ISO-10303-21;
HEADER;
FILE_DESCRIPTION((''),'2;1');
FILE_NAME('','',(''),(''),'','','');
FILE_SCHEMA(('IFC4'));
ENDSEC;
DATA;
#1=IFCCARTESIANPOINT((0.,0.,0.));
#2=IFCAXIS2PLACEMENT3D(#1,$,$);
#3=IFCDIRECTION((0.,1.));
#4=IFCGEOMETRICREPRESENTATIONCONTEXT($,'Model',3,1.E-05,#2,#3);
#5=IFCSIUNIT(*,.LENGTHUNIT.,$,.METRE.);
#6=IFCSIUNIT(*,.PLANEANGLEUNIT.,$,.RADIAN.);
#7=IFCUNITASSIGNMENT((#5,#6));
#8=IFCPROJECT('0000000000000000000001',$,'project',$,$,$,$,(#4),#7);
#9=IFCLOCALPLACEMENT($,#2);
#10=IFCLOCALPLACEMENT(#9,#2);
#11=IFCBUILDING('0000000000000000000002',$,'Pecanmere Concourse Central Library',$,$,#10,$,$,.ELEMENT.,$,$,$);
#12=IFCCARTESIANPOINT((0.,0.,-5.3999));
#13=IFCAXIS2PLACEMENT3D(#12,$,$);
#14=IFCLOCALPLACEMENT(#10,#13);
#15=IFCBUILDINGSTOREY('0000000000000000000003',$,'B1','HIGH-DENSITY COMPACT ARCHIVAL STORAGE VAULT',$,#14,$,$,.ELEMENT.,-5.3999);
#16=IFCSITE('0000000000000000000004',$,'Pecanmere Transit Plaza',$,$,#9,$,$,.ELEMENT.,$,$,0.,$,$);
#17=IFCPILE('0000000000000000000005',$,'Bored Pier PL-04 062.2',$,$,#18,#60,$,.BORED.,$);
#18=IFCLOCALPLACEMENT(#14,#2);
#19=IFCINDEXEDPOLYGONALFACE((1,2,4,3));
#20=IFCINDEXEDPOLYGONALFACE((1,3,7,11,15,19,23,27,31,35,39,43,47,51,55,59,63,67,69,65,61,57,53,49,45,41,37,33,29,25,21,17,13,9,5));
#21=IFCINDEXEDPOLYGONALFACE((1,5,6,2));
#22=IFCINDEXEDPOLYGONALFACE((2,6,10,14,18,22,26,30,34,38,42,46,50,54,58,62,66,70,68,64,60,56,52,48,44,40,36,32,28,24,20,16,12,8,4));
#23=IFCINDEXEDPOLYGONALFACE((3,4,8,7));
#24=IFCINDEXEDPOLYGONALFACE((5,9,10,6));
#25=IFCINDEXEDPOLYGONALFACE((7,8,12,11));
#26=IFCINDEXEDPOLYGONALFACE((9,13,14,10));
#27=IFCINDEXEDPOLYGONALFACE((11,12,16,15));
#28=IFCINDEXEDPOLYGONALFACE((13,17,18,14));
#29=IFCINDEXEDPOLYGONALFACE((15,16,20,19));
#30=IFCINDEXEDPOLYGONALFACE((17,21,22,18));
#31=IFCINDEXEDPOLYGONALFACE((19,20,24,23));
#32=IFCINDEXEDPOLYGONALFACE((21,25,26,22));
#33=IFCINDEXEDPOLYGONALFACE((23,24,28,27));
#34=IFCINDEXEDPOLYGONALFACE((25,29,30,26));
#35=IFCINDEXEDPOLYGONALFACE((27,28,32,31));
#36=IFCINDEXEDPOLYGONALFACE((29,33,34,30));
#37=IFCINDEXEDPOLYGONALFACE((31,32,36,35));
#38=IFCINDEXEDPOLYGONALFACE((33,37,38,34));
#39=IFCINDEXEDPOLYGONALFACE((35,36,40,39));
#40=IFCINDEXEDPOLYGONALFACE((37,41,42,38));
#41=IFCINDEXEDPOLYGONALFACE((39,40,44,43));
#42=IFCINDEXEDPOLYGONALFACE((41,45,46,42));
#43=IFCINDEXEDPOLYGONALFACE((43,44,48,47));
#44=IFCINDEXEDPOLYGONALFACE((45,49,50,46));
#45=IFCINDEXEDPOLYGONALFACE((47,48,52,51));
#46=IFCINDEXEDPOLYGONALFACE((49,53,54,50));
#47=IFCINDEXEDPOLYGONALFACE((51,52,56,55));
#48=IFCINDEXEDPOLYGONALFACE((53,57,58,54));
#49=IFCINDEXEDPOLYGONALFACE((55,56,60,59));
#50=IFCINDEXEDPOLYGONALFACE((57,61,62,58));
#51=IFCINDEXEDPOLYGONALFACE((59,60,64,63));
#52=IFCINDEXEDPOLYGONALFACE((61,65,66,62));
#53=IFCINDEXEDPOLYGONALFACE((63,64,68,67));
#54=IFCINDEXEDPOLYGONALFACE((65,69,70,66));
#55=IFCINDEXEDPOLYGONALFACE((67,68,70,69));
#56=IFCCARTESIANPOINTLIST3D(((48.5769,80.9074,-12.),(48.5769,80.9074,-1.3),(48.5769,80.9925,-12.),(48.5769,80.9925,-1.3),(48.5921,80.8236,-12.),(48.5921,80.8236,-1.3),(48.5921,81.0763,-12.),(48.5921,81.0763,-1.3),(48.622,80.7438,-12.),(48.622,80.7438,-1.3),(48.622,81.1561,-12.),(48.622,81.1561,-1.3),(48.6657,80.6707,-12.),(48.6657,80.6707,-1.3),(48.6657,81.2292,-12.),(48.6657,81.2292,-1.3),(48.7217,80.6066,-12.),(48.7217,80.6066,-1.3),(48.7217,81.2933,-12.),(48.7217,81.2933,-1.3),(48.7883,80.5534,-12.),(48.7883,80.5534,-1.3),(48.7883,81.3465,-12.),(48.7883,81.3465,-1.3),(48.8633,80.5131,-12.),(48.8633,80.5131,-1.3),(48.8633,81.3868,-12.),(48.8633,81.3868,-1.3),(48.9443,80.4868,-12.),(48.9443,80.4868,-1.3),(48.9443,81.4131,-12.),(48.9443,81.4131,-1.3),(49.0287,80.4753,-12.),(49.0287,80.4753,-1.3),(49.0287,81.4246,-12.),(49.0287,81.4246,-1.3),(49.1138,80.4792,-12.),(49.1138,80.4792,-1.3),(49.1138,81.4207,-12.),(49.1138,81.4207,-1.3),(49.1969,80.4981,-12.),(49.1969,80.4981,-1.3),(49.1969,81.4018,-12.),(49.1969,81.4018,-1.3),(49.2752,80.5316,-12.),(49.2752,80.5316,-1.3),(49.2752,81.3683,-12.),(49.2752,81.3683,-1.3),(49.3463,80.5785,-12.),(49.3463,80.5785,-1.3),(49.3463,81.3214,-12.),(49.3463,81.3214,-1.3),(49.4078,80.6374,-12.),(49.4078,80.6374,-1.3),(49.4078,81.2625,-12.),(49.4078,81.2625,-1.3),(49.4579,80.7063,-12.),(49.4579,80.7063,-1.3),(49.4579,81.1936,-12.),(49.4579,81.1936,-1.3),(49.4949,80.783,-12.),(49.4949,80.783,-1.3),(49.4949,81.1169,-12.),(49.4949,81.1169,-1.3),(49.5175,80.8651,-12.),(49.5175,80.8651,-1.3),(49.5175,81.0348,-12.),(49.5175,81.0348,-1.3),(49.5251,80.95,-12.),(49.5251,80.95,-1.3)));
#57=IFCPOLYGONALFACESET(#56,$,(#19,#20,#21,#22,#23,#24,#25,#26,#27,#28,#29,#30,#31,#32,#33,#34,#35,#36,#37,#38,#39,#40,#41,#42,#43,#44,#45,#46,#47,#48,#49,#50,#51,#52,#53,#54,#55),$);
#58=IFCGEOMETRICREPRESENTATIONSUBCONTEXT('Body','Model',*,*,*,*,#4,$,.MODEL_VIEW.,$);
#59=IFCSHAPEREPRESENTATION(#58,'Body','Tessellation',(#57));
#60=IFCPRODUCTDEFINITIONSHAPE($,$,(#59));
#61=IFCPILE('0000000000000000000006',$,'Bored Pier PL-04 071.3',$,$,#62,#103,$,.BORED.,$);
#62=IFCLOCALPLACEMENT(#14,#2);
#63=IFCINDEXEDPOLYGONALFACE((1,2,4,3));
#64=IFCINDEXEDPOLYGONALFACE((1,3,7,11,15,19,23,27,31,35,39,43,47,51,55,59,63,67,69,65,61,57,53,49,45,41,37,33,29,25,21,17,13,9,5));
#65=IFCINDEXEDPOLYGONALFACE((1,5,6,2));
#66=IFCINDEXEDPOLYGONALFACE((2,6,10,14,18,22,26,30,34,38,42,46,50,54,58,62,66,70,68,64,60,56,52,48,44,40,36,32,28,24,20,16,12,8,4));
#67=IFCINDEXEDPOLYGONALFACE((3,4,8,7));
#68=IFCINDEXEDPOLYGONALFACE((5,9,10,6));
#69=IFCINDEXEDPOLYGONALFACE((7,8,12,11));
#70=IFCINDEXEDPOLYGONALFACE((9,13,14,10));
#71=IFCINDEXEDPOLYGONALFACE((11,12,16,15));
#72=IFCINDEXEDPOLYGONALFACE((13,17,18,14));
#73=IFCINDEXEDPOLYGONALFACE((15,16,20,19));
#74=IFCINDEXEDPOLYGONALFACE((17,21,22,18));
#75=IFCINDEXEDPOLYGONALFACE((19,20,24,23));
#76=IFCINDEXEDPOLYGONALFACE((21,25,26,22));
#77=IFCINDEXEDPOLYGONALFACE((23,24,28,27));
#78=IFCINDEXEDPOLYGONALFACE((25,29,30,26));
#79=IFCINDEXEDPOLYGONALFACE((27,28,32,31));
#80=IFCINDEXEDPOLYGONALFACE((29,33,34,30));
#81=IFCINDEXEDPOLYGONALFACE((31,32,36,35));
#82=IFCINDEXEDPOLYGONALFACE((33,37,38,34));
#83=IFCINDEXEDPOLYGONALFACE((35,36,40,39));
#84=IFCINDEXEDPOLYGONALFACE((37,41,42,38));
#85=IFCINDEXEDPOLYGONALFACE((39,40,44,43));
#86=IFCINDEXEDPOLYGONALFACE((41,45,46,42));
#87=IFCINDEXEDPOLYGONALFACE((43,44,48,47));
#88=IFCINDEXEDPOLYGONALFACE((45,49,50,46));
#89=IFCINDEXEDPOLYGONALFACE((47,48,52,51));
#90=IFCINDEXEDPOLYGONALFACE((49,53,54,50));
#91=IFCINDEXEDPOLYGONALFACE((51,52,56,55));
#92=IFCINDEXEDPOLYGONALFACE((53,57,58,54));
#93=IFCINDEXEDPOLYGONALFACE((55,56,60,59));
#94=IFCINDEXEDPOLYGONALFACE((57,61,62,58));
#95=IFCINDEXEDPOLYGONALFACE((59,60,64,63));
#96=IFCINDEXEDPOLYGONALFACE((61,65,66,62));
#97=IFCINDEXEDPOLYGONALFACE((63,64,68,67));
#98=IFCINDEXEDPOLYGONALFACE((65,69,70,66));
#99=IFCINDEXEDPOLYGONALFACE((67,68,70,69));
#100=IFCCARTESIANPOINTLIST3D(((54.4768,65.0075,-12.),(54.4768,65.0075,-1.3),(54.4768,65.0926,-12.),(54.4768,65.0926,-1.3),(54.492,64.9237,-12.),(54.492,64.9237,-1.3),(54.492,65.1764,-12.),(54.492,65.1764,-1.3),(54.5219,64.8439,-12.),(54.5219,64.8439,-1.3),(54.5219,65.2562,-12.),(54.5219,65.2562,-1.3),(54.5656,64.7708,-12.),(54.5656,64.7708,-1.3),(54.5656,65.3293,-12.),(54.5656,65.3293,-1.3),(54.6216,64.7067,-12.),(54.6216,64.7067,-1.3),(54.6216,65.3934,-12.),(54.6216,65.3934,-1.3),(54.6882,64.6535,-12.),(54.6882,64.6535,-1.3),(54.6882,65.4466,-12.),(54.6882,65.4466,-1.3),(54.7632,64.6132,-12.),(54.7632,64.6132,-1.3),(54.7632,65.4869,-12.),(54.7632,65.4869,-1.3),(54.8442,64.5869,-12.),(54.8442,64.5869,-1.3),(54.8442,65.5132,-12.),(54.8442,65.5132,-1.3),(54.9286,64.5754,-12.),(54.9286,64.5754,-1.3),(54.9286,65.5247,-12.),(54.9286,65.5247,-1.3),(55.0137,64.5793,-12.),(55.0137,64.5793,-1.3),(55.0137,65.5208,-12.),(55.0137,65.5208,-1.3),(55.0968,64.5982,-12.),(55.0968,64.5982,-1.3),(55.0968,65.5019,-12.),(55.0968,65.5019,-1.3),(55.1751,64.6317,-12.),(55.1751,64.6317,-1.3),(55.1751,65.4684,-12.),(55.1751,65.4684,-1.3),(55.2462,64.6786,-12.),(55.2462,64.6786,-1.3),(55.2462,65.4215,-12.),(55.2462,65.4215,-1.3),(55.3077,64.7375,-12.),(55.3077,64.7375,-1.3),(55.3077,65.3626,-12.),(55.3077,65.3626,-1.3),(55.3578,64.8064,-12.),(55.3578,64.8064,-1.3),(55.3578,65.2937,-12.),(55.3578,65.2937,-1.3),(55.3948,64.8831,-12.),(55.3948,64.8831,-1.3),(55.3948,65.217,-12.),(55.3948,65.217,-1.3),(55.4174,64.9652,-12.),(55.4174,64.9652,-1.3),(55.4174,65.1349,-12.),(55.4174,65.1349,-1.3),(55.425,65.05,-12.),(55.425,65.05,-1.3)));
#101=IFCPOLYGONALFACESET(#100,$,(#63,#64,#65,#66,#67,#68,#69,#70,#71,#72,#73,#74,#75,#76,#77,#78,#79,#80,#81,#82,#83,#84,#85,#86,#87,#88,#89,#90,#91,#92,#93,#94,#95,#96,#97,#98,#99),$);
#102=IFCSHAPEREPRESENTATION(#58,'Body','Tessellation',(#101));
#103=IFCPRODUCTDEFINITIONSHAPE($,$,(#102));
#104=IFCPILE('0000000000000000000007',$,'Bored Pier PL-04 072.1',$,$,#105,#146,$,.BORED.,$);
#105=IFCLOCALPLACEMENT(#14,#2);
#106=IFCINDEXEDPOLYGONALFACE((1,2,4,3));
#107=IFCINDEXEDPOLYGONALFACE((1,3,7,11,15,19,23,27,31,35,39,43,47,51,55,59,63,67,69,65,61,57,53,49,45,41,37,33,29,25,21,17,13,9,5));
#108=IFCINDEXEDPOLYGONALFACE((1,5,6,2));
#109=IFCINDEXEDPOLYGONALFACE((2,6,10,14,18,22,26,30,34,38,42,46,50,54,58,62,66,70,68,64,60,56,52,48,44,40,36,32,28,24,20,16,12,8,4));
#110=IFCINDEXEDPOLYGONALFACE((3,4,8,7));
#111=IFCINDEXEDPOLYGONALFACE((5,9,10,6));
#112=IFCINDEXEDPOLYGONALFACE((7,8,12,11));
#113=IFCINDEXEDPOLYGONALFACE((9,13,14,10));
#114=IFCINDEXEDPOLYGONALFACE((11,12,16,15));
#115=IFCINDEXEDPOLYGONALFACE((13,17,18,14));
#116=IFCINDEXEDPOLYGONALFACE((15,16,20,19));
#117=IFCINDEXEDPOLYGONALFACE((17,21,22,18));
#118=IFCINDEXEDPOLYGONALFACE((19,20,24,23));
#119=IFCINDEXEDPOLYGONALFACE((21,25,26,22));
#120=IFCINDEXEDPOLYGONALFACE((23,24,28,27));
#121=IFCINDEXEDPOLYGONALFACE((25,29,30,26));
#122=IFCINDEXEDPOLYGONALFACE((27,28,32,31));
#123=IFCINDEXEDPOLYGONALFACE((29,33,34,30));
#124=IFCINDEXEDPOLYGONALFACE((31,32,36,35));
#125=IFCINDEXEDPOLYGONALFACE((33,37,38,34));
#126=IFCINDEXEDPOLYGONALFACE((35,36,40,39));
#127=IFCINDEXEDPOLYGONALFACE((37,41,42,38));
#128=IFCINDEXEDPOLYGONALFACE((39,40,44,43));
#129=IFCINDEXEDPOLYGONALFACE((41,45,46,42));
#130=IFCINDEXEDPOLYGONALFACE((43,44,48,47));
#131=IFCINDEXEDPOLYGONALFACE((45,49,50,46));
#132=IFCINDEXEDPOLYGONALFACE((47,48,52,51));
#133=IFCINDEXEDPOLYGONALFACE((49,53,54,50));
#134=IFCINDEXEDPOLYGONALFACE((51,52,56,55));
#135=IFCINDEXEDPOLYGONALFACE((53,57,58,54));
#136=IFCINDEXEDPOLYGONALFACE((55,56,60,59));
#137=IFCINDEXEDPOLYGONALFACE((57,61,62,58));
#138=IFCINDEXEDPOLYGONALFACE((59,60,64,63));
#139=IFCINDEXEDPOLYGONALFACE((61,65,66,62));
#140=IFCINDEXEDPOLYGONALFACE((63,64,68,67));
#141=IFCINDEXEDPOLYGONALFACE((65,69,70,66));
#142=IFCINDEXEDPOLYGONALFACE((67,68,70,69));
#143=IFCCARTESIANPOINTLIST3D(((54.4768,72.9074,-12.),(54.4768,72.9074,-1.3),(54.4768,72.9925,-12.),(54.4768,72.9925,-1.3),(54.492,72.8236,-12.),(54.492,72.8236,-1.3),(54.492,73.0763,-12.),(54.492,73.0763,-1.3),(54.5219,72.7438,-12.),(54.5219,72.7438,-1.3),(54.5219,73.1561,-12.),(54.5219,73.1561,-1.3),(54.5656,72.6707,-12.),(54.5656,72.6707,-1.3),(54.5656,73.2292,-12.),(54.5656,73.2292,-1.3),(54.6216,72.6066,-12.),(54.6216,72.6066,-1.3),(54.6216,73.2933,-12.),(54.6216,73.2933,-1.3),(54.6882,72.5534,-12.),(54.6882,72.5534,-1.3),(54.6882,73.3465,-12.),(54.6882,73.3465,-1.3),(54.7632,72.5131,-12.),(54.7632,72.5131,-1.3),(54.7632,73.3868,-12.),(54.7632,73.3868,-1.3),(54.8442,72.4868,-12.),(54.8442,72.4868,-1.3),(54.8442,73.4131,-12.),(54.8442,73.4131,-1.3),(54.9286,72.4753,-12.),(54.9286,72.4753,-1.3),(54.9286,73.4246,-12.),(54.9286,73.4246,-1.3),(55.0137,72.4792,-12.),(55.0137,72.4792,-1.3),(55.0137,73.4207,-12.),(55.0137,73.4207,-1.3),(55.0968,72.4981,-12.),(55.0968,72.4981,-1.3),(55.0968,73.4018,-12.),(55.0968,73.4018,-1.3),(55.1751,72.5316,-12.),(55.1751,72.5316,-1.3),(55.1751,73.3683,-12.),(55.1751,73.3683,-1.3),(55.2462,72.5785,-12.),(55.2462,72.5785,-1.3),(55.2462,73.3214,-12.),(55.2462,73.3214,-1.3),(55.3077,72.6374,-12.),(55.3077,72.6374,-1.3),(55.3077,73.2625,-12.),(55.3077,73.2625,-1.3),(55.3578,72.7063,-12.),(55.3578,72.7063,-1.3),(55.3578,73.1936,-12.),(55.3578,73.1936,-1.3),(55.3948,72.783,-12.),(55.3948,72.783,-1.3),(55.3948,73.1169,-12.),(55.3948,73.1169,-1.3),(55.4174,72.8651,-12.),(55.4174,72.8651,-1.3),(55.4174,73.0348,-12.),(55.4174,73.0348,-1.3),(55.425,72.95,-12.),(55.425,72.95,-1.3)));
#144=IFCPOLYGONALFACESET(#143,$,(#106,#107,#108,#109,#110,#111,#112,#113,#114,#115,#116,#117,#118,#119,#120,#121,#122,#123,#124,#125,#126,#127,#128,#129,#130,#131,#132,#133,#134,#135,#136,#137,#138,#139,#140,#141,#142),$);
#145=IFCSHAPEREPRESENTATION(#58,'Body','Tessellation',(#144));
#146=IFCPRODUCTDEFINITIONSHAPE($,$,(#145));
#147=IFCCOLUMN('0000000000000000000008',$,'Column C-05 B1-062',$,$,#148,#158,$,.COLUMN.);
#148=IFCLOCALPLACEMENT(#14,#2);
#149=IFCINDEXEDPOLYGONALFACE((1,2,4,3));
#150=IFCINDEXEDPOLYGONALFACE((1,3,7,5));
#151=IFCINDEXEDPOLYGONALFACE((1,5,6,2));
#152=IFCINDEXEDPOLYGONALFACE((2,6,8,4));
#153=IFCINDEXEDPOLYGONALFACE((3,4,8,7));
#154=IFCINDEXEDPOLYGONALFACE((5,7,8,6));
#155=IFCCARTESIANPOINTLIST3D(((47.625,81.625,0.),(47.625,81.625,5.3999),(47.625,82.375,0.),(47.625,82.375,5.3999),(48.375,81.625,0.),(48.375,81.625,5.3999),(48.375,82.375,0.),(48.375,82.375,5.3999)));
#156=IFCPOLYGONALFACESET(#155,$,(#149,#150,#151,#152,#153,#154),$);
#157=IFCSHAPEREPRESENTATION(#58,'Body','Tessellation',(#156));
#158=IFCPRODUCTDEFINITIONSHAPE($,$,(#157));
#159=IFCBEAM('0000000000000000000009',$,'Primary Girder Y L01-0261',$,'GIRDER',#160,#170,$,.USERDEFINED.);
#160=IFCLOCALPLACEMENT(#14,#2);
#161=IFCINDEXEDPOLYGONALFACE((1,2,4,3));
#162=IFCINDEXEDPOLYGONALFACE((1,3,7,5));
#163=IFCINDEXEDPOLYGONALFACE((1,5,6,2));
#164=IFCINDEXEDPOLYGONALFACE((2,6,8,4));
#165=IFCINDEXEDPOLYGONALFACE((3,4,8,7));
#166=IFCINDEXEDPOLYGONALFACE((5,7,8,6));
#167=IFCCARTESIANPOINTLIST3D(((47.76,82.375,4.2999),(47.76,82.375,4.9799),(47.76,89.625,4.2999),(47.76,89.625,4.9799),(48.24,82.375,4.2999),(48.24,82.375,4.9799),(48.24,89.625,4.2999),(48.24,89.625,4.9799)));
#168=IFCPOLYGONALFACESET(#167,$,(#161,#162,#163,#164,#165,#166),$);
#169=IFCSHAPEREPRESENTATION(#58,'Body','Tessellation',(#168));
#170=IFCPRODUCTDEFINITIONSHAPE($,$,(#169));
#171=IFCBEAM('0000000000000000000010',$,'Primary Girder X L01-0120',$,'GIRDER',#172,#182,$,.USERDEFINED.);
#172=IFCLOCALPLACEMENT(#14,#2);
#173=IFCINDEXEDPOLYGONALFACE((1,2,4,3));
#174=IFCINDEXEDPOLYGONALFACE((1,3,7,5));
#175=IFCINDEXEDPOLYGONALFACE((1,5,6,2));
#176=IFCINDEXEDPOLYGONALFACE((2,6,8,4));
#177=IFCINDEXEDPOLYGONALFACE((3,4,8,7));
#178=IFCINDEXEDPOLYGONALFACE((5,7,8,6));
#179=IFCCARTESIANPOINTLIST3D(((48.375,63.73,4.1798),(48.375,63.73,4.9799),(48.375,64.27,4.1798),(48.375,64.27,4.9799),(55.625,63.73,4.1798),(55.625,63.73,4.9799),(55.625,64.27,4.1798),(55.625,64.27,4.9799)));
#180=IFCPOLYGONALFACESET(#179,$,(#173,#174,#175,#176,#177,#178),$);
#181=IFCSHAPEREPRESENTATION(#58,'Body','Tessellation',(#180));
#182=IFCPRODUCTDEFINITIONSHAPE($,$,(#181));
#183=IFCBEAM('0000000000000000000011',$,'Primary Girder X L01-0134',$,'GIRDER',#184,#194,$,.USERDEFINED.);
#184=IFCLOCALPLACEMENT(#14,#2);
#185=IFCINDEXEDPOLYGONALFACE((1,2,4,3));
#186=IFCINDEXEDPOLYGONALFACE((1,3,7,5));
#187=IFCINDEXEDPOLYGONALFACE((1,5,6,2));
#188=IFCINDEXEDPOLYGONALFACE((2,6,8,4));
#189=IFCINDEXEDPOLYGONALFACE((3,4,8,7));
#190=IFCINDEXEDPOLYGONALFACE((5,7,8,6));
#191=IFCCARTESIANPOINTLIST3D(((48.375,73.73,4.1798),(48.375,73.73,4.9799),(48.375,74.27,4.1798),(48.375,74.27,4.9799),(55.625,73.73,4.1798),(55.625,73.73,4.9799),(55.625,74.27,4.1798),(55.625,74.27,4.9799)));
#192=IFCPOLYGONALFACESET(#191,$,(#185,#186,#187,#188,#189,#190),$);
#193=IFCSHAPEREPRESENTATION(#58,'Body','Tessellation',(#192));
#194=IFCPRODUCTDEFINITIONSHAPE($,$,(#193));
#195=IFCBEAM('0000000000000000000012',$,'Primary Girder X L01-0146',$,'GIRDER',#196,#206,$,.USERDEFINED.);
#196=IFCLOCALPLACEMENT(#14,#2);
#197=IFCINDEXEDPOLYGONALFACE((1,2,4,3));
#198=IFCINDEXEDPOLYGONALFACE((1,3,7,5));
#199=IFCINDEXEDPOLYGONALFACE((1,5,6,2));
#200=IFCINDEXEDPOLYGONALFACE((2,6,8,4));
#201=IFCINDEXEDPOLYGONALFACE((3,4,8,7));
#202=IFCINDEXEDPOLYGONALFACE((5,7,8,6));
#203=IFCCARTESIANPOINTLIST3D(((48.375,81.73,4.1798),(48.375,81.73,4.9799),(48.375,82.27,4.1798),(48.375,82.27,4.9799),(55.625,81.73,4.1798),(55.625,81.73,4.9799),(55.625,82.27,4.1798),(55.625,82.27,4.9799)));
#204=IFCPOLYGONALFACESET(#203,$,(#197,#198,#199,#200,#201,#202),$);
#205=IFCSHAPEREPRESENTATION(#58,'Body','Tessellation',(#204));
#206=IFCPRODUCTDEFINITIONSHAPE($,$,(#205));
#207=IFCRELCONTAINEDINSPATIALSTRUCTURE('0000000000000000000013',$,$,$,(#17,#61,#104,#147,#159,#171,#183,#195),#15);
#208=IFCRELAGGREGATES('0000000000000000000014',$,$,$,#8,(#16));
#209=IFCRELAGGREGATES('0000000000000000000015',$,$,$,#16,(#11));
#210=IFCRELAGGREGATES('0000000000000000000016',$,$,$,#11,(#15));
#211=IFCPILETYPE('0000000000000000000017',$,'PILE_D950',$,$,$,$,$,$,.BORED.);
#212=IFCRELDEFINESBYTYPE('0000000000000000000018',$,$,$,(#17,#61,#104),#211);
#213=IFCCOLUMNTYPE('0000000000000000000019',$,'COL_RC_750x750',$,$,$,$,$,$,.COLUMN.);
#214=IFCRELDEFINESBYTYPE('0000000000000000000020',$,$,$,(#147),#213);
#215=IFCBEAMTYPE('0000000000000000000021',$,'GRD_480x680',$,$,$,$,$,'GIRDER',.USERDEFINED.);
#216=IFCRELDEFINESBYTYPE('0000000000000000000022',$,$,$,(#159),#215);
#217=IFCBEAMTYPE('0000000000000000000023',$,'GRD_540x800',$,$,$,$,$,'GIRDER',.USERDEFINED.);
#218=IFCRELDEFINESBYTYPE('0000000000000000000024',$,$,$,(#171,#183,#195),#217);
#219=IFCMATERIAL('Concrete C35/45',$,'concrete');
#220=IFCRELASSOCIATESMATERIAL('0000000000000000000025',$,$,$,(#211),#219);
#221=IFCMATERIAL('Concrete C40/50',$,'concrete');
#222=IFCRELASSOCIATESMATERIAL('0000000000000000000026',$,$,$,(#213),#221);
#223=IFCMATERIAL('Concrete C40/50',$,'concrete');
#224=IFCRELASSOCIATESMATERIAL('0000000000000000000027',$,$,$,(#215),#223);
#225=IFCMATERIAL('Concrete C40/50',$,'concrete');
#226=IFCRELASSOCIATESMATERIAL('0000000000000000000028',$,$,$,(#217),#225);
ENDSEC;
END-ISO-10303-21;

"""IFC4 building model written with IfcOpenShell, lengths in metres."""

from ifc_helpers import new_model, si_unit, direction, frame, origin, origin_2d, place, context, subcontext, project, spatial, rectangle, circle, extrude, material, material_profile, profile_set, type_object, element, save


model = new_model("IFC4")

# Units and contexts
model_context = context("Model", 3, precision=1e-05, world=origin(), true_north=direction((0.0, 1.0)))
body_context = subcontext(model_context, "Body", "Model", "MODEL_VIEW")
ifc_project = project(units=[si_unit("LENGTHUNIT", "METRE"), si_unit("PLANEANGLEUNIT", "RADIAN")], contexts=[model_context])

# Site, building, storey
site_placement = place(None, origin())
site = spatial("IfcSite", under=ifc_project, at=site_placement, Name="Pecanmere Transit Plaza", CompositionType="ELEMENT", RefElevation=0.0)
building_placement = place(site_placement, origin())
building = spatial("IfcBuilding", under=site, at=building_placement, Name="Pecanmere Concourse Central Library", CompositionType="ELEMENT")
storey_placement = place(building_placement, frame((0.0, 0.0, -5.3999)))
storey = spatial("IfcBuildingStorey", under=building, at=storey_placement, Name="B1", Description="HIGH-DENSITY COMPACT ARCHIVAL STORAGE VAULT", CompositionType="ELEMENT", Elevation=-5.3999)

# Piles
ifc_material_1 = material(Name="Concrete C35/45", Category="concrete")
ifc_material_profile_1 = material_profile(ifc_material_1, circle(Radius=0.4751, at=origin_2d()), Name="PIER D950")
ifc_profile_set_1 = profile_set([ifc_material_profile_1], Name="Concrete C35/45")
pile_type = type_object("IfcPileType", Name="PILE_D950", PredefinedType="BORED", material=ifc_profile_set_1)
for number, where, z_axis, x_axis, name in (
    (1, (49.05, 80.95, -1.3), (0.0, 0.0, -1.0), (1.0, 0.0, 0.0), "Bored Pier PL-04 062.2"),
    (2, (54.95, 65.05, -1.3), (0.0, 0.0, -1.0), (1.0, 0.0, 0.0), "Bored Pier PL-04 071.3"),
    (3, (54.95, 72.95, -1.3), (0.0, 0.0, -1.0), (1.0, 0.0, 0.0), "Bored Pier PL-04 072.1"),
):
    element("IfcPile", number, at=place(storey_placement, frame(where, z_axis=z_axis, x_axis=x_axis)), inside=storey, type_object=pile_type, Name=name, PredefinedType="BORED", context=body_context, shape_type="SweptSolid", body=[
        extrude(circle(Radius=0.4751, at=origin_2d()), origin(), (0.0, 0.0, 1.0), 10.7),
    ])

# Column
ifc_material_2 = material(Name="Concrete C40/50", Category="concrete")
ifc_material_profile_2 = material_profile(ifc_material_2, rectangle(XDim=0.75, YDim=0.75, at=origin_2d()), Name="RC 750x750")
ifc_profile_set_2 = profile_set([ifc_material_profile_2], Name="Concrete C40/50")
column_type = type_object("IfcColumnType", Name="COL_RC_750x750", PredefinedType="COLUMN", material=ifc_profile_set_2)
column_placement = place(storey_placement, frame((48.0, 82.0, 0.0), z_axis=(0.0, 0.0, 1.0), x_axis=(1.0, 0.0, 0.0)))
element("IfcColumn", 4, at=column_placement, inside=storey, type_object=column_type, Name="Column C-05 B1-062", PredefinedType="COLUMN", context=body_context, shape_type="SweptSolid", body=[
    extrude(rectangle(XDim=0.75, YDim=0.75, at=origin_2d()), origin(), (0.0, 0.0, 1.0), 5.3999),
])

# Beams
ifc_material_3 = material(Name="Concrete C40/50", Category="concrete")
ifc_material_profile_3 = material_profile(ifc_material_3, rectangle(XDim=0.48, YDim=0.6799, at=origin_2d()), Name="RC 480x680")
ifc_profile_set_3 = profile_set([ifc_material_profile_3], Name="Concrete C40/50")
beam_type_1 = type_object("IfcBeamType", Name="GRD_480x680", ElementType="GIRDER", PredefinedType="USERDEFINED", material=ifc_profile_set_3)
beam_1_placement = place(storey_placement, frame((48.0, 82.375, 4.6399), z_axis=(0.0, 1.0, 0.0), x_axis=(-1.0, 0.0, 0.0)))
element("IfcBeam", 5, at=beam_1_placement, inside=storey, type_object=beam_type_1, Name="Primary Girder Y L01-0261", ObjectType="GIRDER", PredefinedType="USERDEFINED", context=body_context, shape_type="SweptSolid", body=[
    extrude(rectangle(XDim=0.48, YDim=0.6799, at=origin_2d()), origin(), (0.0, 0.0, 1.0), 7.25),
])
ifc_material_4 = material(Name="Concrete C40/50", Category="concrete")
ifc_material_profile_4 = material_profile(ifc_material_4, rectangle(XDim=0.54, YDim=0.8, at=origin_2d()), Name="RC 540x800")
ifc_profile_set_4 = profile_set([ifc_material_profile_4], Name="Concrete C40/50")
beam_type_2 = type_object("IfcBeamType", Name="GRD_540x800", ElementType="GIRDER", PredefinedType="USERDEFINED", material=ifc_profile_set_4)
for number, where, z_axis, x_axis, name in (
    (6, (48.375, 64.0, 4.5798), (1.0, 0.0, 0.0), (0.0, 1.0, 0.0), "Primary Girder X L01-0120"),
    (7, (48.375, 74.0, 4.5798), (1.0, 0.0, 0.0), (0.0, 1.0, 0.0), "Primary Girder X L01-0134"),
    (8, (48.375, 82.0, 4.5798), (1.0, 0.0, 0.0), (0.0, 1.0, 0.0), "Primary Girder X L01-0146"),
):
    element("IfcBeam", number, at=place(storey_placement, frame(where, z_axis=z_axis, x_axis=x_axis)), inside=storey, type_object=beam_type_2, Name=name, ObjectType="GIRDER", PredefinedType="USERDEFINED", context=body_context, shape_type="SweptSolid", body=[
        extrude(rectangle(XDim=0.54, YDim=0.8, at=origin_2d()), origin(), (0.0, 0.0, 1.0), 7.25),
    ])

save(model, "model.ifc")
